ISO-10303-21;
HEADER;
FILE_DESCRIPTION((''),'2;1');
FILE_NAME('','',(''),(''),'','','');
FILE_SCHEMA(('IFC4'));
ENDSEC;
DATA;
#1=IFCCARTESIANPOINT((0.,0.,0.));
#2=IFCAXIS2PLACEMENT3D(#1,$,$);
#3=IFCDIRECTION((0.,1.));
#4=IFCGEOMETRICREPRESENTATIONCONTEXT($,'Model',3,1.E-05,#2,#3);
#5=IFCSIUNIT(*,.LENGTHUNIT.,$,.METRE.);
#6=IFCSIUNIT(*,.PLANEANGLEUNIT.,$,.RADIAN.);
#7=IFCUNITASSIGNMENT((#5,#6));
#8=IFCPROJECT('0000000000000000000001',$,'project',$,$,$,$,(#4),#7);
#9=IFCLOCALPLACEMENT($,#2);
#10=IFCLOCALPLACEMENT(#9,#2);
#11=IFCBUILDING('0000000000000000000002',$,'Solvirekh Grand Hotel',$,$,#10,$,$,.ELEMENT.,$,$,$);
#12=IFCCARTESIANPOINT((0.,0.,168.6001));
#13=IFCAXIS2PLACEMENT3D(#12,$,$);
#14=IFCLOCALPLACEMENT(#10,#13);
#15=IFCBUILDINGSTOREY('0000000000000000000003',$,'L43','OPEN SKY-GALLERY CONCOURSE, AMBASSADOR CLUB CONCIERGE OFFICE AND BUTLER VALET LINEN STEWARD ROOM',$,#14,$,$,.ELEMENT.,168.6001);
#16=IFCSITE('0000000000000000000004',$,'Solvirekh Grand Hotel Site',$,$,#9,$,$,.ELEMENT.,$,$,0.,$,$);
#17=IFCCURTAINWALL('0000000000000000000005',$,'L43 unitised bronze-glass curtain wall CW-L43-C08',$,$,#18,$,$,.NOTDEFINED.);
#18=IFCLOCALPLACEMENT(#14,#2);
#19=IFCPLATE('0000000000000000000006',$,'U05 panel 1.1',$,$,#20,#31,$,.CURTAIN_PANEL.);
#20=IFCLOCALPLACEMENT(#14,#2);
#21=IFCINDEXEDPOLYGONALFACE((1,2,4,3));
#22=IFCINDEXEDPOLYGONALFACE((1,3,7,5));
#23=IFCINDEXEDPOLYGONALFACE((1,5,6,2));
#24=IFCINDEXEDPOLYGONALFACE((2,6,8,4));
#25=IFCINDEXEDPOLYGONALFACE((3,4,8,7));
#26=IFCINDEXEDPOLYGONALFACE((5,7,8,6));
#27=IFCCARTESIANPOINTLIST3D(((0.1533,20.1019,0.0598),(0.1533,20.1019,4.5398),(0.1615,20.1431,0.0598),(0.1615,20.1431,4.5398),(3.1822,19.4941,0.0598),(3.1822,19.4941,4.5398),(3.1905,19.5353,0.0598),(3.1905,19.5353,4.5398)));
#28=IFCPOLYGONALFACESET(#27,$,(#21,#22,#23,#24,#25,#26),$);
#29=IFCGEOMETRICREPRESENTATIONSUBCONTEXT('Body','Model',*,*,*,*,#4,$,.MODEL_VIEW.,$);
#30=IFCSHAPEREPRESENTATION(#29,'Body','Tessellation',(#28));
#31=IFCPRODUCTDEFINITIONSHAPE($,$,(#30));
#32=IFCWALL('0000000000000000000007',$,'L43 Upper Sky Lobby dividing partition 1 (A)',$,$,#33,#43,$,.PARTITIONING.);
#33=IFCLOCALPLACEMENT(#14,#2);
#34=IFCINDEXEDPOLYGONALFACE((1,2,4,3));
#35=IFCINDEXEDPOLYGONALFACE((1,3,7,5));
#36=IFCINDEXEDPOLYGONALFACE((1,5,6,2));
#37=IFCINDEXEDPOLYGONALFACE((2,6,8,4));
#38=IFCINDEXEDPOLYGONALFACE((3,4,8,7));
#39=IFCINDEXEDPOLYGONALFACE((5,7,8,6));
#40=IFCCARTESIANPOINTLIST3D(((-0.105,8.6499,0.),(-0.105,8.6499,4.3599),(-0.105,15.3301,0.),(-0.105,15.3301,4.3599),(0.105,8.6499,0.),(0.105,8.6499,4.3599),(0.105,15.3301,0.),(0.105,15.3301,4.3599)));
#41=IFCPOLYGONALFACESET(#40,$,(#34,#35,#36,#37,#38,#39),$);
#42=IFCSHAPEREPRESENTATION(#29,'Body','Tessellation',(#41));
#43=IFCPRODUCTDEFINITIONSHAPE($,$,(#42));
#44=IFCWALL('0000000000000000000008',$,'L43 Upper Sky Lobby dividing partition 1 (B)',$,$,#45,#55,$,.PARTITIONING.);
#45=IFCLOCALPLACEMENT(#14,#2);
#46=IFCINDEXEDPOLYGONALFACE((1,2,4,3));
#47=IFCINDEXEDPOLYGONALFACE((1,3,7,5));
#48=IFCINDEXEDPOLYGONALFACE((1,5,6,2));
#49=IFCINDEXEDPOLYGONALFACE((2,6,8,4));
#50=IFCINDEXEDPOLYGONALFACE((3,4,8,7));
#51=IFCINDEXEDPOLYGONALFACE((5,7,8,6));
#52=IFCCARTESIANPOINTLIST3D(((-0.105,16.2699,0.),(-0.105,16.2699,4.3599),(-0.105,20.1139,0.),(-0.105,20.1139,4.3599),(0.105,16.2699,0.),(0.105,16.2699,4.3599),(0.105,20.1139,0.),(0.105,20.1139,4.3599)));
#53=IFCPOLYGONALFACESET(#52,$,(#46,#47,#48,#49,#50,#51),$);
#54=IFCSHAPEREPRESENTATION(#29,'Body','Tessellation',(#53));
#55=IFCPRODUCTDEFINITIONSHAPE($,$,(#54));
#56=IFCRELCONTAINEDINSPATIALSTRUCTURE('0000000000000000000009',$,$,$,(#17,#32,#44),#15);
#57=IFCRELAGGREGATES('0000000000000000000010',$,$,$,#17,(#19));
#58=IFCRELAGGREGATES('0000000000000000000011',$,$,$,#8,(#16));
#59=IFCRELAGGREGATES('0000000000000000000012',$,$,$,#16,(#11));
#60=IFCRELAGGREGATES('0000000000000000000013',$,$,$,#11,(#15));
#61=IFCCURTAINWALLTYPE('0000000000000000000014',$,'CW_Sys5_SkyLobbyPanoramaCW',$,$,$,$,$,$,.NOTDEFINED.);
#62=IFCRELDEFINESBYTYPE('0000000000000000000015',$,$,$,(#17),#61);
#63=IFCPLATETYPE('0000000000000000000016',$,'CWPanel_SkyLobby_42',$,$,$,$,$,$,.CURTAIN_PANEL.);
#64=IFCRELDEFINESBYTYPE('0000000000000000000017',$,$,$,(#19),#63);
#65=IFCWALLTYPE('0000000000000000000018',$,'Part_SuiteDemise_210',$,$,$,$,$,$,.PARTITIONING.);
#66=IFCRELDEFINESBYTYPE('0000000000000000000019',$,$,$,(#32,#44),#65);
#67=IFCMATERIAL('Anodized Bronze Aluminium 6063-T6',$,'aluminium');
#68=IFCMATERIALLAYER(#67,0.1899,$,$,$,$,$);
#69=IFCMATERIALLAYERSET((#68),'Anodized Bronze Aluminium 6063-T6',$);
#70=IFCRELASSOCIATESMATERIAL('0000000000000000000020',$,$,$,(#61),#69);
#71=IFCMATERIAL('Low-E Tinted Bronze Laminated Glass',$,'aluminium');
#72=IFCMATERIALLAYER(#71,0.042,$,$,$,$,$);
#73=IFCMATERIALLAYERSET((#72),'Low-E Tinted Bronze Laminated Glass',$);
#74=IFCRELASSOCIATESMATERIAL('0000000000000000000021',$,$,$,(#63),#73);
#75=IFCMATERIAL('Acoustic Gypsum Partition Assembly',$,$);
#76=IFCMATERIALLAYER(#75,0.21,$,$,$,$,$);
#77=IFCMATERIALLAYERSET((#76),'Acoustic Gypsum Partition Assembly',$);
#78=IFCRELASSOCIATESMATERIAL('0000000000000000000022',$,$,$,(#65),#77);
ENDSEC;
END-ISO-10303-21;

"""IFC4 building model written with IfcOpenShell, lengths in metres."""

from ifc_helpers import new_model, si_unit, direction, frame, frame_2d, origin, origin_2d, place, context, subcontext, project, spatial, rectangle, extrude, source, transform, mapped, material, layer, layer_set, type_object, element, aggregate, save


model = new_model("IFC4")

# Units and contexts
model_context = context("Model", 3, precision=1e-05, world=origin(), true_north=direction((0.0, 1.0)))
body_context = subcontext(model_context, "Body", "Model", "MODEL_VIEW")
ifc_project = project(units=[si_unit("LENGTHUNIT", "METRE"), si_unit("PLANEANGLEUNIT", "RADIAN")], contexts=[model_context])

# Site, building, storey
site_placement = place(None, origin())
site = spatial("IfcSite", under=ifc_project, at=site_placement, Name="Solvirekh Grand Hotel Site", CompositionType="ELEMENT", RefElevation=0.0)
building_placement = place(site_placement, origin())
building = spatial("IfcBuilding", under=site, at=building_placement, Name="Solvirekh Grand Hotel", CompositionType="ELEMENT")
storey_placement = place(building_placement, frame((0.0, 0.0, 168.6001)))
storey = spatial("IfcBuildingStorey", under=building, at=storey_placement, Name="L43", Description="OPEN SKY-GALLERY CONCOURSE, AMBASSADOR CLUB CONCIERGE OFFICE AND BUTLER VALET LINEN STEWARD ROOM", CompositionType="ELEMENT", Elevation=168.6001)

# Curtain wall
ifc_material_1 = material(Name="Anodized Bronze Aluminium 6063-T6", Category="aluminium")
ifc_layer_1 = layer(ifc_material_1, 0.1899)
ifc_layer_set_1 = layer_set([ifc_layer_1], Name="Anodized Bronze Aluminium 6063-T6")
curtain_wall_type = type_object("IfcCurtainWallType", Name="CW_Sys5_SkyLobbyPanoramaCW", PredefinedType="NOTDEFINED", material=ifc_layer_set_1)
curtain_wall_1_placement = place(storey_placement, origin())
curtain_wall_1 = element("IfcCurtainWall", 1, at=curtain_wall_1_placement, inside=storey, type_object=curtain_wall_type, Name="L43 unitised bronze-glass curtain wall CW-L43-C08", PredefinedType="NOTDEFINED")

# Plate
ifc_material_2 = material(Name="Low-E Tinted Bronze Laminated Glass", Category="aluminium")
ifc_layer_2 = layer(ifc_material_2, 0.042)
ifc_layer_set_2 = layer_set([ifc_layer_2], Name="Low-E Tinted Bronze Laminated Glass")
plate_type = type_object("IfcPlateType", Name="CWPanel_SkyLobby_42", PredefinedType="CURTAIN_PANEL", material=ifc_layer_set_2)
shared_shape_1 = source(origin(), body_context, "Body", "SweptSolid", [
    extrude(rectangle(XDim=3.0894, YDim=0.042, at=origin_2d()), origin(), (0.0, 0.0, 1.0), 4.48),
])
plate_1_placement = place(storey_placement, frame((1.6719, 19.8186, 0.0598), z_axis=(0.0, 0.0, 1.0), x_axis=(-0.980454, 0.196748, 0.0)))
plate_1 = element("IfcPlate", 2, at=plate_1_placement, type_object=plate_type, Name="U05 panel 1.1", PredefinedType="CURTAIN_PANEL", context=body_context, shape_type="MappedRepresentation", body=[
    mapped(shared_shape_1, transform((0.0, 0.0, 0.0), x_axis=(1.0, 0.0, 0.0), y_axis=(0.0, 1.0, 0.0), z_axis=(0.0, 0.0, 1.0), scale=1.0)),
])
aggregate(curtain_wall_1, [plate_1])

# Shared definitions
ifc_material_3 = material(Name="Acoustic Gypsum Partition Assembly")

# Walls
ifc_layer_3 = layer(ifc_material_3, 0.21)
ifc_layer_set_3 = layer_set([ifc_layer_3], Name="Acoustic Gypsum Partition Assembly")
wall_type_1 = type_object("IfcWallType", Name="Part_SuiteDemise_210", PredefinedType="PARTITIONING", material=ifc_layer_set_3)
wall_1_placement = place(storey_placement, frame((0.0, 8.6499, 0.0), z_axis=(0.0, 0.0, 1.0), x_axis=(0.0, 1.0, 0.0)))
element("IfcWall", 3, at=wall_1_placement, inside=storey, type_object=wall_type_1, Name="L43 Upper Sky Lobby dividing partition 1 (A)", PredefinedType="PARTITIONING", context=body_context, shape_type="SweptSolid", body=[
    extrude(rectangle(XDim=6.6802, YDim=0.21, at=frame_2d((3.3401, 0.0))), origin(), (0.0, 0.0, 1.0), 4.3599),
])
wall_2_placement = place(storey_placement, frame((0.0, 16.27, 0.0), z_axis=(0.0, 0.0, 1.0), x_axis=(0.0, 1.0, 0.0)))
element("IfcWall", 4, at=wall_2_placement, inside=storey, type_object=wall_type_1, Name="L43 Upper Sky Lobby dividing partition 1 (B)", PredefinedType="PARTITIONING", context=body_context, shape_type="SweptSolid", body=[
    extrude(rectangle(XDim=3.844, YDim=0.21, at=frame_2d((1.9219, 0.0))), origin(), (0.0, 0.0, 1.0), 4.3599),
])

save(model, "model.ifc")
